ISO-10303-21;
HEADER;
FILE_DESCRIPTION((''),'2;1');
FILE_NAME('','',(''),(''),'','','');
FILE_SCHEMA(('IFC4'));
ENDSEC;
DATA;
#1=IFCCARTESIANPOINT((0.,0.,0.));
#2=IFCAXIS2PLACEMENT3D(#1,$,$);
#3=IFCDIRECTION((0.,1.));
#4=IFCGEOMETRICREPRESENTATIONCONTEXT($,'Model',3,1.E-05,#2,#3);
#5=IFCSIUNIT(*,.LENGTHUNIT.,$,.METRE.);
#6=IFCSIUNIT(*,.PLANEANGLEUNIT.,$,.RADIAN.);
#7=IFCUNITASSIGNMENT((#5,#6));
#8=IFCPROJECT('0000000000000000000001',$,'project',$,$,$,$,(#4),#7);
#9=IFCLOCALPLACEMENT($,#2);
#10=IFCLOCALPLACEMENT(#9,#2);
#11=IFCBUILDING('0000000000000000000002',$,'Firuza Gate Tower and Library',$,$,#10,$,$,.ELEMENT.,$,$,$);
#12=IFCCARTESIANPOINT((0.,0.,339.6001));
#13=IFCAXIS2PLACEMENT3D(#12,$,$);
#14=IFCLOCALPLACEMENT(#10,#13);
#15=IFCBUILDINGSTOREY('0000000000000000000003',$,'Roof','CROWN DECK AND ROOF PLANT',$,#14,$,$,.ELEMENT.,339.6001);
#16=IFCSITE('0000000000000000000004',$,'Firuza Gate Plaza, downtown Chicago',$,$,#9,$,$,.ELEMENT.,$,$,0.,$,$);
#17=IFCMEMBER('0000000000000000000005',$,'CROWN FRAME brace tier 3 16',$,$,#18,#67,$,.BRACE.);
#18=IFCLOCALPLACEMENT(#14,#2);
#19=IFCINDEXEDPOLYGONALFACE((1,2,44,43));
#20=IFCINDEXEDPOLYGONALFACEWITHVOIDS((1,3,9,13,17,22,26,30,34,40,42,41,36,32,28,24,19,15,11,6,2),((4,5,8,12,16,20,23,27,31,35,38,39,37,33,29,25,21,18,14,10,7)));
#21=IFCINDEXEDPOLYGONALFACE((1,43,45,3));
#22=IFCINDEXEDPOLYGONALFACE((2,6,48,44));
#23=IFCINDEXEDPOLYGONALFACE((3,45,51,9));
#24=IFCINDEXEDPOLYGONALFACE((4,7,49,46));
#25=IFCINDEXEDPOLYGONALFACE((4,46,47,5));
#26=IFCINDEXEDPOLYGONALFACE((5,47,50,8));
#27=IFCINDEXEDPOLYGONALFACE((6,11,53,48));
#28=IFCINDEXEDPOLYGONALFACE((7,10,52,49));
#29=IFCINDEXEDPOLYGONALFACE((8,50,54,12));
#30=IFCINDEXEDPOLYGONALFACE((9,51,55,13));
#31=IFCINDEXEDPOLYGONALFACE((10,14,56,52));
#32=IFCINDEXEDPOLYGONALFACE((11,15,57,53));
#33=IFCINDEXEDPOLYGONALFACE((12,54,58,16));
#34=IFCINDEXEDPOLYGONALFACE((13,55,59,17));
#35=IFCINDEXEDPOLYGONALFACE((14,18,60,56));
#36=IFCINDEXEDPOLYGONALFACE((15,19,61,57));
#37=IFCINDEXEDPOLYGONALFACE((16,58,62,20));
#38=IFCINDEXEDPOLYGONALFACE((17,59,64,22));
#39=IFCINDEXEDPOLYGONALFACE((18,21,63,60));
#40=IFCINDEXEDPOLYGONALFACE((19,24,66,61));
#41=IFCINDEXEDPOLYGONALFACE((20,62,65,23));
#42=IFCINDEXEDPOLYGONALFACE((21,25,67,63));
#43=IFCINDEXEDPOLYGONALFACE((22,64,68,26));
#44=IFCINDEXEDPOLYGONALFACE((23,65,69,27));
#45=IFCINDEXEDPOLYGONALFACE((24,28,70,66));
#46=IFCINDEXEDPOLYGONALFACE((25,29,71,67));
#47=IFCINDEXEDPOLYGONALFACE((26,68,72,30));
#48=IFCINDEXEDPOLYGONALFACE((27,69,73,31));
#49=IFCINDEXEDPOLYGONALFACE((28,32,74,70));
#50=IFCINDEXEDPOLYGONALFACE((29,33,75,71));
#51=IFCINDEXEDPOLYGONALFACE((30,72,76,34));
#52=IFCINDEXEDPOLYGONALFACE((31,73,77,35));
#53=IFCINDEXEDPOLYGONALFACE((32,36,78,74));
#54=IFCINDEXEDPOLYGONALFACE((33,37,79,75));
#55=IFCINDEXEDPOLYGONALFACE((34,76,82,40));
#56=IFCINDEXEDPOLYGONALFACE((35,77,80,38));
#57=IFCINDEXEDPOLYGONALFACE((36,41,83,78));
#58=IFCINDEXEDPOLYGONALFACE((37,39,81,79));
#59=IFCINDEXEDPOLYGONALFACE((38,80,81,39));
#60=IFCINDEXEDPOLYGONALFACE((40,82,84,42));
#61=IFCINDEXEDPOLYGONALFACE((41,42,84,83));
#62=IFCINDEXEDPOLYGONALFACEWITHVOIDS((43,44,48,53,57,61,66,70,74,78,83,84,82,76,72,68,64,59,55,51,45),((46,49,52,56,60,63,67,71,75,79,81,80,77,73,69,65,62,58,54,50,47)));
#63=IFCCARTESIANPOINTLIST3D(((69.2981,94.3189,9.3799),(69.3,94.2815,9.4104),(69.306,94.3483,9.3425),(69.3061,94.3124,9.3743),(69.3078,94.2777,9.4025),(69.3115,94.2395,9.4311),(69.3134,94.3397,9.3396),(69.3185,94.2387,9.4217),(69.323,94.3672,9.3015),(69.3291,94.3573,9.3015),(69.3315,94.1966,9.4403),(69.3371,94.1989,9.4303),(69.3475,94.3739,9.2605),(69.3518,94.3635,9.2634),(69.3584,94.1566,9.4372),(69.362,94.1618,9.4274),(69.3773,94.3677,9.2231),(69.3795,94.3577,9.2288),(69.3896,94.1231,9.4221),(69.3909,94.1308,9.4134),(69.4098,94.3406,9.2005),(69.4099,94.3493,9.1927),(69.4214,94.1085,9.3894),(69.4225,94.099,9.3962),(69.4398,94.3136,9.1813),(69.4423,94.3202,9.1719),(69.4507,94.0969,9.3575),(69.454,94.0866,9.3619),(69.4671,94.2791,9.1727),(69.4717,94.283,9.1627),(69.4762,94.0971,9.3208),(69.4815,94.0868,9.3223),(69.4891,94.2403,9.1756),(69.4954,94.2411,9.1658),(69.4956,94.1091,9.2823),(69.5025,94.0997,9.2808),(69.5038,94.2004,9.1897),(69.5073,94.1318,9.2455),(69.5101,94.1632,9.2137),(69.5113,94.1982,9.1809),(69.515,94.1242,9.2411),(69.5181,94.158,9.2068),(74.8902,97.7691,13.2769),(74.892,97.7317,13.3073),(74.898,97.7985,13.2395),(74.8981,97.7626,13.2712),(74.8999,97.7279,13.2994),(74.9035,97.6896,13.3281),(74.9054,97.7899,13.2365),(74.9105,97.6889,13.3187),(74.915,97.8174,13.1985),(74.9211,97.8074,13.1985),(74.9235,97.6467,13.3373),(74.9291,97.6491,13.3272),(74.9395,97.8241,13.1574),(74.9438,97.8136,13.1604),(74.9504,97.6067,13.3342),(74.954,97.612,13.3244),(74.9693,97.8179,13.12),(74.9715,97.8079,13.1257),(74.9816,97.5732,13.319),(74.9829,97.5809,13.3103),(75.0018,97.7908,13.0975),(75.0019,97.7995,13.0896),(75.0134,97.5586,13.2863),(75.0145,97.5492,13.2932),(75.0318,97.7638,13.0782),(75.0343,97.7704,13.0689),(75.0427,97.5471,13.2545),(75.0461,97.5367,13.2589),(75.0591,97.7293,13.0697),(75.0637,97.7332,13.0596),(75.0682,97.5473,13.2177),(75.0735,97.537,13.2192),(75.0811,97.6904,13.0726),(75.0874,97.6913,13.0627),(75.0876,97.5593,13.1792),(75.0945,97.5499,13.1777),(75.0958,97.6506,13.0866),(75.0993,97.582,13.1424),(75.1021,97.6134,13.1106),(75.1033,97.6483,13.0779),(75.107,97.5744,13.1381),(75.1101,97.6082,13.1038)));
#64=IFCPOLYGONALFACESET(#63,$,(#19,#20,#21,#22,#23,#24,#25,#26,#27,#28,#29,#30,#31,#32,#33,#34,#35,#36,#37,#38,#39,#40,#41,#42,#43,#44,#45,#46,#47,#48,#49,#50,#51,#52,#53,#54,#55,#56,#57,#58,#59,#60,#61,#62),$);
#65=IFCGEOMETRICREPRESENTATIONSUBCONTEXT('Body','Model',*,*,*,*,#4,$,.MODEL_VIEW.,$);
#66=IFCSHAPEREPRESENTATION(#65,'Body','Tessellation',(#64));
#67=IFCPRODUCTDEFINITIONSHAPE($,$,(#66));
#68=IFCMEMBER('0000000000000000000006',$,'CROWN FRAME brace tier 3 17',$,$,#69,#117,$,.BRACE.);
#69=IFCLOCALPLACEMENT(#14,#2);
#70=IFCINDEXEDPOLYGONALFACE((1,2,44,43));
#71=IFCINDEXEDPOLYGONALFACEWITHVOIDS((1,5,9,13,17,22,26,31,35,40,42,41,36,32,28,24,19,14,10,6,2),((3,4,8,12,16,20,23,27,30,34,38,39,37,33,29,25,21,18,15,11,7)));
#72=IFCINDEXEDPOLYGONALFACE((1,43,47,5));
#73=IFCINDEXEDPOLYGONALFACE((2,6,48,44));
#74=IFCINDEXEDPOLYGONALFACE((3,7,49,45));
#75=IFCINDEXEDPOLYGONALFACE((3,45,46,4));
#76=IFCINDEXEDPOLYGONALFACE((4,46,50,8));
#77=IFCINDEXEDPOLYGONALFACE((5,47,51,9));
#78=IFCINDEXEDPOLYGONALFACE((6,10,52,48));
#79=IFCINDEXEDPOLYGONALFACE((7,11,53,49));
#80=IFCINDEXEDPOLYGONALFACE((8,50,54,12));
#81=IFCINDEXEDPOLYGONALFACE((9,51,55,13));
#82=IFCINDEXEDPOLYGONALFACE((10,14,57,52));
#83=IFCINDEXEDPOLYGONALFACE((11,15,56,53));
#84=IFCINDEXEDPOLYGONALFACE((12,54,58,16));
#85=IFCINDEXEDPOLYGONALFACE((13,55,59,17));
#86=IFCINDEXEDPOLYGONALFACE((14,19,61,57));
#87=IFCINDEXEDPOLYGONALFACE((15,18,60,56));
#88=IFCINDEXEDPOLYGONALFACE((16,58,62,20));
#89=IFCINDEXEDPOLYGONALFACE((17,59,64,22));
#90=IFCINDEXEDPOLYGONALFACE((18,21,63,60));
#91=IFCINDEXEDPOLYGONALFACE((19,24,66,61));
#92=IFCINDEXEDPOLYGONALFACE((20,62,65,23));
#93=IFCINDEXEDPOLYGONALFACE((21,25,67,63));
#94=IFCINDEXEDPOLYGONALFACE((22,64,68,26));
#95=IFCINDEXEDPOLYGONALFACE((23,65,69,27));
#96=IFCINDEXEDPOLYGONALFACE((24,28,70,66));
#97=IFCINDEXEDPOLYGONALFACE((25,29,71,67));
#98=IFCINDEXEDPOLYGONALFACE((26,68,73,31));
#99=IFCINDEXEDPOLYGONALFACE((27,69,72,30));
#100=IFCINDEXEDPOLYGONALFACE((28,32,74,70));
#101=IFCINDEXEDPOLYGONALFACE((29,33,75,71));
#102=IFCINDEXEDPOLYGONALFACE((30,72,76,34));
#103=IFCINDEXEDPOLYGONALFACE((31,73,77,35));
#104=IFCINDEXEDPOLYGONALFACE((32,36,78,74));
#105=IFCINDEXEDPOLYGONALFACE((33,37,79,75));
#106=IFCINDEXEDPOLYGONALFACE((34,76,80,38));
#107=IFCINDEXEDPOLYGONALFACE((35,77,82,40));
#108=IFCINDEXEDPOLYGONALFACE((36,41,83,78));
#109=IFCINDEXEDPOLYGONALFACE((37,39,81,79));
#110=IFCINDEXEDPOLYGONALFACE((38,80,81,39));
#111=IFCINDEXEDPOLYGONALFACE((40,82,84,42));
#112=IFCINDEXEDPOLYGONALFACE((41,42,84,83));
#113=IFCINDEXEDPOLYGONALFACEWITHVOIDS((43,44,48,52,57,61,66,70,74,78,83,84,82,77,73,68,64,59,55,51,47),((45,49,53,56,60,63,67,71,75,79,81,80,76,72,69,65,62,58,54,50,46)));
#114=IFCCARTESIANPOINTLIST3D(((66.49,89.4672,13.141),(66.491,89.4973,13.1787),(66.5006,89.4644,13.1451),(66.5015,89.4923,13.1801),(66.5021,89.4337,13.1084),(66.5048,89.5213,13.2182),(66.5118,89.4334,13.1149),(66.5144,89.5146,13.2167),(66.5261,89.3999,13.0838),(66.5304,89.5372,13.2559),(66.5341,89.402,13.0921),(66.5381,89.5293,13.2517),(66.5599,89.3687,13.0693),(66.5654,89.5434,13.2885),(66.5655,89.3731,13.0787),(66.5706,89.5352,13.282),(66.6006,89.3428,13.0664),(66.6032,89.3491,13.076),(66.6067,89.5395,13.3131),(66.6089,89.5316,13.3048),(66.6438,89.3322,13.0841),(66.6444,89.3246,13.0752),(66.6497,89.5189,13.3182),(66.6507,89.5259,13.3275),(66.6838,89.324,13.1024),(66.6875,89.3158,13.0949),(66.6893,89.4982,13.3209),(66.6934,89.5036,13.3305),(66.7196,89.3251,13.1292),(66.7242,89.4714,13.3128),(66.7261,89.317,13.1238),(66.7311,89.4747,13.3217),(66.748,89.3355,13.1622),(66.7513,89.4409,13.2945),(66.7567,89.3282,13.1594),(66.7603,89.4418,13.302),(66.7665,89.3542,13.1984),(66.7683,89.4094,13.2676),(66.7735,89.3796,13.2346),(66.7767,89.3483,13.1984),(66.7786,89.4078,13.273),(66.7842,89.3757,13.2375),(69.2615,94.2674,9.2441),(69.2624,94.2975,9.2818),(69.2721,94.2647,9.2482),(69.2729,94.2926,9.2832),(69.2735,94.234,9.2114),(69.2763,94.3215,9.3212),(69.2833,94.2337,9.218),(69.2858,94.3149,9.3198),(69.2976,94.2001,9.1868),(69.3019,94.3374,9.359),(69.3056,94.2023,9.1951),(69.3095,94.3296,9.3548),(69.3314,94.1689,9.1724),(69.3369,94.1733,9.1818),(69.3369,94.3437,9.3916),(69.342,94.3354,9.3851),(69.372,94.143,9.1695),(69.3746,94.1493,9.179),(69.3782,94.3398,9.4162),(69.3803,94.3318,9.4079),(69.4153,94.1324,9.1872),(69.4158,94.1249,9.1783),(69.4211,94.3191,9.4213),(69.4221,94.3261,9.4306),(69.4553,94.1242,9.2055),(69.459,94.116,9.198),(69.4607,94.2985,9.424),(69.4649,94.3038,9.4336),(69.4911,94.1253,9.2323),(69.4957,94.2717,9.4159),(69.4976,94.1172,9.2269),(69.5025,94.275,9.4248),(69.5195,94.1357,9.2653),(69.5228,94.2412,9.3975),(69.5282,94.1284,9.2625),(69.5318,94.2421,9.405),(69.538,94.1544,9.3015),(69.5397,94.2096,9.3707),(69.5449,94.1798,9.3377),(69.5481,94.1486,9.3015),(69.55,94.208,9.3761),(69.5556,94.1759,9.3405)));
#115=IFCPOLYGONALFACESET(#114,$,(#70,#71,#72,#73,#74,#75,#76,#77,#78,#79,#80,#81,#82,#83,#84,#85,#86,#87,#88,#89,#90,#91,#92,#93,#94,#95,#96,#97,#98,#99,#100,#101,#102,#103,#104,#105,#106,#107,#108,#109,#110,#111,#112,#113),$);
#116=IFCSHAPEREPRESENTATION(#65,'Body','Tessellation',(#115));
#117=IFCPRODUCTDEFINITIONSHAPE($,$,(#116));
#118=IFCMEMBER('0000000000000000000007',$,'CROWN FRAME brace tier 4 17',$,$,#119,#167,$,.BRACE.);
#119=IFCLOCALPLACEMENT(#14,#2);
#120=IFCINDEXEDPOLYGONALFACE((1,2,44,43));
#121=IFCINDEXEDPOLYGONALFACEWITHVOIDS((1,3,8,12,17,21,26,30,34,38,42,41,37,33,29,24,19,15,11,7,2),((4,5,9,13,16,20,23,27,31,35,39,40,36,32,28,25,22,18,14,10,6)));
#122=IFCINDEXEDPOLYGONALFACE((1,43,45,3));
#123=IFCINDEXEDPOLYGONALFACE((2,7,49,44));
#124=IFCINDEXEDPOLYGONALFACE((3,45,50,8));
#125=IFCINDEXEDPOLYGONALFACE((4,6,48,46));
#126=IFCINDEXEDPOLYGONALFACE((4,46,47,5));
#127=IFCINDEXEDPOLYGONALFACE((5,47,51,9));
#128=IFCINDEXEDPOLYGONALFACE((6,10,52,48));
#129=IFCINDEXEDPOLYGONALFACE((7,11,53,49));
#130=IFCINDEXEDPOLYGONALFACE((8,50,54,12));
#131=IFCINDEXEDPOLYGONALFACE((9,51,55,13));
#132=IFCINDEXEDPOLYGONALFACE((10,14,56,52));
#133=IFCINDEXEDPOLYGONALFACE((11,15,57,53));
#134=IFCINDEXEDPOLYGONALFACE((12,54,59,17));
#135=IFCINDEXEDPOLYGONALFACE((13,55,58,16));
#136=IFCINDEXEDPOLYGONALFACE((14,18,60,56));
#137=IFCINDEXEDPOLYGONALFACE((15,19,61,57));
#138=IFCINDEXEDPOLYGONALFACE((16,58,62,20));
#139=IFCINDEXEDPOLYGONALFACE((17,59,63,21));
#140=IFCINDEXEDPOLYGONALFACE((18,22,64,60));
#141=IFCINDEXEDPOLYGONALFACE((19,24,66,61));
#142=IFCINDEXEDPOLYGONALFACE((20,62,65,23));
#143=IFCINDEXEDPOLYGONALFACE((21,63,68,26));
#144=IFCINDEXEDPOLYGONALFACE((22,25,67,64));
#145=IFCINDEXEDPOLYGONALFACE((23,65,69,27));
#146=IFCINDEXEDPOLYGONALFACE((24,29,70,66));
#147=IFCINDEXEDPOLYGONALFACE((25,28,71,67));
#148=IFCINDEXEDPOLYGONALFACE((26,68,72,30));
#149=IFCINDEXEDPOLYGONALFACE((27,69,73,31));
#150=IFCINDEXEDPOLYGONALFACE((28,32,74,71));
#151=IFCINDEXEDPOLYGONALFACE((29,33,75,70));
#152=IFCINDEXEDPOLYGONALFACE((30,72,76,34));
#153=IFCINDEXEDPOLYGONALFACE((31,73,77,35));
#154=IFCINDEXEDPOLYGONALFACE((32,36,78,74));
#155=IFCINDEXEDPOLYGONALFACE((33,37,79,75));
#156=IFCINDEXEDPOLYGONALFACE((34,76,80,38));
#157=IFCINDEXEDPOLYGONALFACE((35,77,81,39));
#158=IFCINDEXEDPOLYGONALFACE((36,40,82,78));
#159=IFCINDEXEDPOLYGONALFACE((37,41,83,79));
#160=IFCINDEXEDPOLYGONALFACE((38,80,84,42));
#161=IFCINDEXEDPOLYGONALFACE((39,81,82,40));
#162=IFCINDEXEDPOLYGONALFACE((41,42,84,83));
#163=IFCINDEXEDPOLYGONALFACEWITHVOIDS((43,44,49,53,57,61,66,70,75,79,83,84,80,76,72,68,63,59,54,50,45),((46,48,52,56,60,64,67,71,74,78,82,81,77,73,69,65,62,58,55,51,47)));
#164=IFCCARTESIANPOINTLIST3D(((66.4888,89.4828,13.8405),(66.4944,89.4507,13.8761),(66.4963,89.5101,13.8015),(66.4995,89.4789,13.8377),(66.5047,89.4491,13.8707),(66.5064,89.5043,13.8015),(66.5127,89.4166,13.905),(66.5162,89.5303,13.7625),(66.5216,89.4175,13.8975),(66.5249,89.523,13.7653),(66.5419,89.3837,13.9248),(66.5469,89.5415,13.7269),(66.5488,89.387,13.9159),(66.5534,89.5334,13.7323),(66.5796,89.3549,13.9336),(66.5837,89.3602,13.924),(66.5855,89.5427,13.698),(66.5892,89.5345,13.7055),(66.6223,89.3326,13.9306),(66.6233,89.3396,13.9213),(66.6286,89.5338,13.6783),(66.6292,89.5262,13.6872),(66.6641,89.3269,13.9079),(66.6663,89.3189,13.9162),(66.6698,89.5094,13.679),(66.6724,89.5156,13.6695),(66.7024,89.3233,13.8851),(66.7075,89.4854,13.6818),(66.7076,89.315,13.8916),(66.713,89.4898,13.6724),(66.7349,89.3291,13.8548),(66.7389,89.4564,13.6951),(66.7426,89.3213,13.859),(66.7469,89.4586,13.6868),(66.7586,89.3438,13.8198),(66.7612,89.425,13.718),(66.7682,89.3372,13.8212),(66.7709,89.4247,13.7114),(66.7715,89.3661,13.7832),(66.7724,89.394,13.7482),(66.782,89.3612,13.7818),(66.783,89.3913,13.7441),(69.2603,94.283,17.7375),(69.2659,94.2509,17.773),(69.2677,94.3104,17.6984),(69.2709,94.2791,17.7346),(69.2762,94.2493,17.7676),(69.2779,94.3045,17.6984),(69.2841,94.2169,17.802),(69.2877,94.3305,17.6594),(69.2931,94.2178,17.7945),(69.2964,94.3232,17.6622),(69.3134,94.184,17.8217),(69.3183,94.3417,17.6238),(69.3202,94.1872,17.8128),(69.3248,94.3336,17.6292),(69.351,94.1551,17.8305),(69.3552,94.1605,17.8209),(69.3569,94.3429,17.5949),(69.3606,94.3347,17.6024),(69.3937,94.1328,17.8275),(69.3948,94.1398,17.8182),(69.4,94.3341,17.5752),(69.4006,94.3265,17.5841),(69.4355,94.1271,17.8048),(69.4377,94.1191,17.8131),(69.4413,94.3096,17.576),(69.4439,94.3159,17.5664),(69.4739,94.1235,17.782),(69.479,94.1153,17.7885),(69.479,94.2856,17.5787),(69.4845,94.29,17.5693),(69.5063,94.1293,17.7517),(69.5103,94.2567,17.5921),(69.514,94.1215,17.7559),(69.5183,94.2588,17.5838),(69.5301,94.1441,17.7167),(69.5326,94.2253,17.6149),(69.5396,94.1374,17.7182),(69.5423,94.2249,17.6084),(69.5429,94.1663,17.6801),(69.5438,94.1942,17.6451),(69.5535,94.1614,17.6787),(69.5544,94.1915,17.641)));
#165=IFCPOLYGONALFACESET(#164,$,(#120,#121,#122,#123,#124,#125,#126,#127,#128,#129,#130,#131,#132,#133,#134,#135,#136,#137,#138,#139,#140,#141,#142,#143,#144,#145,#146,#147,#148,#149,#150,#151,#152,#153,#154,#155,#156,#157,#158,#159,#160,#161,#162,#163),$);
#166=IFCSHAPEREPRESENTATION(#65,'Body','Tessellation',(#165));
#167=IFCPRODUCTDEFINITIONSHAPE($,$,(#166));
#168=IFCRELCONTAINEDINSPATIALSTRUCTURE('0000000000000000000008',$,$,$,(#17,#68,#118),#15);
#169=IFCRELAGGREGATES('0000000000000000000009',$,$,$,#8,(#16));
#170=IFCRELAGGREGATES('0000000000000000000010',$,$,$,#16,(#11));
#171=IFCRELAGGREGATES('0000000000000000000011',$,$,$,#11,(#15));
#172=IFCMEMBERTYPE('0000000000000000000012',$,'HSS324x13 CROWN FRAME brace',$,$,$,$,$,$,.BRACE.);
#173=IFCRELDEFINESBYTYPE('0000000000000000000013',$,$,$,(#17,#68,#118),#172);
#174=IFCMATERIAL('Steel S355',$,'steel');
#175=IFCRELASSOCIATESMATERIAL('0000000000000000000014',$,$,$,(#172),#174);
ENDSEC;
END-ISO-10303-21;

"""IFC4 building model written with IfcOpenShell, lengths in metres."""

from ifc_helpers import new_model, si_unit, direction, frame, origin, origin_2d, place, context, subcontext, project, spatial, hollow_circle, extrude, material, material_profile, profile_set, type_object, element, save


model = new_model("IFC4")

# Units and contexts
model_context = context("Model", 3, precision=1e-05, world=origin(), true_north=direction((0.0, 1.0)))
body_context = subcontext(model_context, "Body", "Model", "MODEL_VIEW")
ifc_project = project(units=[si_unit("LENGTHUNIT", "METRE"), si_unit("PLANEANGLEUNIT", "RADIAN")], contexts=[model_context])

# Site, building, storey
site_placement = place(None, origin())
site = spatial("IfcSite", under=ifc_project, at=site_placement, Name="Firuza Gate Plaza, downtown Chicago", CompositionType="ELEMENT", RefElevation=0.0)
building_placement = place(site_placement, origin())
building = spatial("IfcBuilding", under=site, at=building_placement, Name="Firuza Gate Tower and Library", CompositionType="ELEMENT")
storey_placement = place(building_placement, frame((0.0, 0.0, 339.6001)))
storey = spatial("IfcBuildingStorey", under=building, at=storey_placement, Name="Roof", Description="CROWN DECK AND ROOF PLANT", CompositionType="ELEMENT", Elevation=339.6001)

# Members
ifc_material_1 = material(Name="Steel S355", Category="steel")
ifc_material_profile_1 = material_profile(ifc_material_1, hollow_circle(Radius=0.1619, WallThickness=0.0117, at=origin_2d()))
ifc_profile_set_1 = profile_set([ifc_material_profile_1], Name="Steel S355")
member_type_1 = type_object("IfcMemberType", Name="HSS324x13 CROWN FRAME brace", PredefinedType="BRACE", material=ifc_profile_set_1)
member_1_placement = place(storey_placement, frame((69.408, 94.2295, 9.3015), z_axis=(0.731995, 0.451629, 0.510112), x_axis=(-0.525084, 0.85105, 0.0)))
element("IfcMember", 1, at=member_1_placement, inside=storey, type_object=member_type_1, Name="CROWN FRAME brace tier 3 16", PredefinedType="BRACE", context=body_context, shape_type="SweptSolid", body=[
    extrude(hollow_circle(Radius=0.1619, WallThickness=0.0117, at=origin_2d()), origin(), (0.0, 0.0, 1.0), 7.6394),
])
for number, where, z_axis, x_axis, name in (
    (2, (69.408, 94.2295, 9.3015), (-0.409032, -0.708455, 0.575138), (0.866023, -0.500005, 0.0), "CROWN FRAME brace tier 3 17"),
    (3, (66.6365, 89.4292, 13.8015), (0.409032, 0.708455, 0.575138), (-0.866023, 0.500005, 0.0), "CROWN FRAME brace tier 4 17"),
):
    element("IfcMember", number, at=place(storey_placement, frame(where, z_axis=z_axis, x_axis=x_axis)), inside=storey, type_object=member_type_1, Name=name, PredefinedType="BRACE", context=body_context, shape_type="SweptSolid", body=[
        extrude(hollow_circle(Radius=0.1619, WallThickness=0.0117, at=origin_2d()), origin(), (0.0, 0.0, 1.0), 6.7756),
    ])

save(model, "model.ifc")
